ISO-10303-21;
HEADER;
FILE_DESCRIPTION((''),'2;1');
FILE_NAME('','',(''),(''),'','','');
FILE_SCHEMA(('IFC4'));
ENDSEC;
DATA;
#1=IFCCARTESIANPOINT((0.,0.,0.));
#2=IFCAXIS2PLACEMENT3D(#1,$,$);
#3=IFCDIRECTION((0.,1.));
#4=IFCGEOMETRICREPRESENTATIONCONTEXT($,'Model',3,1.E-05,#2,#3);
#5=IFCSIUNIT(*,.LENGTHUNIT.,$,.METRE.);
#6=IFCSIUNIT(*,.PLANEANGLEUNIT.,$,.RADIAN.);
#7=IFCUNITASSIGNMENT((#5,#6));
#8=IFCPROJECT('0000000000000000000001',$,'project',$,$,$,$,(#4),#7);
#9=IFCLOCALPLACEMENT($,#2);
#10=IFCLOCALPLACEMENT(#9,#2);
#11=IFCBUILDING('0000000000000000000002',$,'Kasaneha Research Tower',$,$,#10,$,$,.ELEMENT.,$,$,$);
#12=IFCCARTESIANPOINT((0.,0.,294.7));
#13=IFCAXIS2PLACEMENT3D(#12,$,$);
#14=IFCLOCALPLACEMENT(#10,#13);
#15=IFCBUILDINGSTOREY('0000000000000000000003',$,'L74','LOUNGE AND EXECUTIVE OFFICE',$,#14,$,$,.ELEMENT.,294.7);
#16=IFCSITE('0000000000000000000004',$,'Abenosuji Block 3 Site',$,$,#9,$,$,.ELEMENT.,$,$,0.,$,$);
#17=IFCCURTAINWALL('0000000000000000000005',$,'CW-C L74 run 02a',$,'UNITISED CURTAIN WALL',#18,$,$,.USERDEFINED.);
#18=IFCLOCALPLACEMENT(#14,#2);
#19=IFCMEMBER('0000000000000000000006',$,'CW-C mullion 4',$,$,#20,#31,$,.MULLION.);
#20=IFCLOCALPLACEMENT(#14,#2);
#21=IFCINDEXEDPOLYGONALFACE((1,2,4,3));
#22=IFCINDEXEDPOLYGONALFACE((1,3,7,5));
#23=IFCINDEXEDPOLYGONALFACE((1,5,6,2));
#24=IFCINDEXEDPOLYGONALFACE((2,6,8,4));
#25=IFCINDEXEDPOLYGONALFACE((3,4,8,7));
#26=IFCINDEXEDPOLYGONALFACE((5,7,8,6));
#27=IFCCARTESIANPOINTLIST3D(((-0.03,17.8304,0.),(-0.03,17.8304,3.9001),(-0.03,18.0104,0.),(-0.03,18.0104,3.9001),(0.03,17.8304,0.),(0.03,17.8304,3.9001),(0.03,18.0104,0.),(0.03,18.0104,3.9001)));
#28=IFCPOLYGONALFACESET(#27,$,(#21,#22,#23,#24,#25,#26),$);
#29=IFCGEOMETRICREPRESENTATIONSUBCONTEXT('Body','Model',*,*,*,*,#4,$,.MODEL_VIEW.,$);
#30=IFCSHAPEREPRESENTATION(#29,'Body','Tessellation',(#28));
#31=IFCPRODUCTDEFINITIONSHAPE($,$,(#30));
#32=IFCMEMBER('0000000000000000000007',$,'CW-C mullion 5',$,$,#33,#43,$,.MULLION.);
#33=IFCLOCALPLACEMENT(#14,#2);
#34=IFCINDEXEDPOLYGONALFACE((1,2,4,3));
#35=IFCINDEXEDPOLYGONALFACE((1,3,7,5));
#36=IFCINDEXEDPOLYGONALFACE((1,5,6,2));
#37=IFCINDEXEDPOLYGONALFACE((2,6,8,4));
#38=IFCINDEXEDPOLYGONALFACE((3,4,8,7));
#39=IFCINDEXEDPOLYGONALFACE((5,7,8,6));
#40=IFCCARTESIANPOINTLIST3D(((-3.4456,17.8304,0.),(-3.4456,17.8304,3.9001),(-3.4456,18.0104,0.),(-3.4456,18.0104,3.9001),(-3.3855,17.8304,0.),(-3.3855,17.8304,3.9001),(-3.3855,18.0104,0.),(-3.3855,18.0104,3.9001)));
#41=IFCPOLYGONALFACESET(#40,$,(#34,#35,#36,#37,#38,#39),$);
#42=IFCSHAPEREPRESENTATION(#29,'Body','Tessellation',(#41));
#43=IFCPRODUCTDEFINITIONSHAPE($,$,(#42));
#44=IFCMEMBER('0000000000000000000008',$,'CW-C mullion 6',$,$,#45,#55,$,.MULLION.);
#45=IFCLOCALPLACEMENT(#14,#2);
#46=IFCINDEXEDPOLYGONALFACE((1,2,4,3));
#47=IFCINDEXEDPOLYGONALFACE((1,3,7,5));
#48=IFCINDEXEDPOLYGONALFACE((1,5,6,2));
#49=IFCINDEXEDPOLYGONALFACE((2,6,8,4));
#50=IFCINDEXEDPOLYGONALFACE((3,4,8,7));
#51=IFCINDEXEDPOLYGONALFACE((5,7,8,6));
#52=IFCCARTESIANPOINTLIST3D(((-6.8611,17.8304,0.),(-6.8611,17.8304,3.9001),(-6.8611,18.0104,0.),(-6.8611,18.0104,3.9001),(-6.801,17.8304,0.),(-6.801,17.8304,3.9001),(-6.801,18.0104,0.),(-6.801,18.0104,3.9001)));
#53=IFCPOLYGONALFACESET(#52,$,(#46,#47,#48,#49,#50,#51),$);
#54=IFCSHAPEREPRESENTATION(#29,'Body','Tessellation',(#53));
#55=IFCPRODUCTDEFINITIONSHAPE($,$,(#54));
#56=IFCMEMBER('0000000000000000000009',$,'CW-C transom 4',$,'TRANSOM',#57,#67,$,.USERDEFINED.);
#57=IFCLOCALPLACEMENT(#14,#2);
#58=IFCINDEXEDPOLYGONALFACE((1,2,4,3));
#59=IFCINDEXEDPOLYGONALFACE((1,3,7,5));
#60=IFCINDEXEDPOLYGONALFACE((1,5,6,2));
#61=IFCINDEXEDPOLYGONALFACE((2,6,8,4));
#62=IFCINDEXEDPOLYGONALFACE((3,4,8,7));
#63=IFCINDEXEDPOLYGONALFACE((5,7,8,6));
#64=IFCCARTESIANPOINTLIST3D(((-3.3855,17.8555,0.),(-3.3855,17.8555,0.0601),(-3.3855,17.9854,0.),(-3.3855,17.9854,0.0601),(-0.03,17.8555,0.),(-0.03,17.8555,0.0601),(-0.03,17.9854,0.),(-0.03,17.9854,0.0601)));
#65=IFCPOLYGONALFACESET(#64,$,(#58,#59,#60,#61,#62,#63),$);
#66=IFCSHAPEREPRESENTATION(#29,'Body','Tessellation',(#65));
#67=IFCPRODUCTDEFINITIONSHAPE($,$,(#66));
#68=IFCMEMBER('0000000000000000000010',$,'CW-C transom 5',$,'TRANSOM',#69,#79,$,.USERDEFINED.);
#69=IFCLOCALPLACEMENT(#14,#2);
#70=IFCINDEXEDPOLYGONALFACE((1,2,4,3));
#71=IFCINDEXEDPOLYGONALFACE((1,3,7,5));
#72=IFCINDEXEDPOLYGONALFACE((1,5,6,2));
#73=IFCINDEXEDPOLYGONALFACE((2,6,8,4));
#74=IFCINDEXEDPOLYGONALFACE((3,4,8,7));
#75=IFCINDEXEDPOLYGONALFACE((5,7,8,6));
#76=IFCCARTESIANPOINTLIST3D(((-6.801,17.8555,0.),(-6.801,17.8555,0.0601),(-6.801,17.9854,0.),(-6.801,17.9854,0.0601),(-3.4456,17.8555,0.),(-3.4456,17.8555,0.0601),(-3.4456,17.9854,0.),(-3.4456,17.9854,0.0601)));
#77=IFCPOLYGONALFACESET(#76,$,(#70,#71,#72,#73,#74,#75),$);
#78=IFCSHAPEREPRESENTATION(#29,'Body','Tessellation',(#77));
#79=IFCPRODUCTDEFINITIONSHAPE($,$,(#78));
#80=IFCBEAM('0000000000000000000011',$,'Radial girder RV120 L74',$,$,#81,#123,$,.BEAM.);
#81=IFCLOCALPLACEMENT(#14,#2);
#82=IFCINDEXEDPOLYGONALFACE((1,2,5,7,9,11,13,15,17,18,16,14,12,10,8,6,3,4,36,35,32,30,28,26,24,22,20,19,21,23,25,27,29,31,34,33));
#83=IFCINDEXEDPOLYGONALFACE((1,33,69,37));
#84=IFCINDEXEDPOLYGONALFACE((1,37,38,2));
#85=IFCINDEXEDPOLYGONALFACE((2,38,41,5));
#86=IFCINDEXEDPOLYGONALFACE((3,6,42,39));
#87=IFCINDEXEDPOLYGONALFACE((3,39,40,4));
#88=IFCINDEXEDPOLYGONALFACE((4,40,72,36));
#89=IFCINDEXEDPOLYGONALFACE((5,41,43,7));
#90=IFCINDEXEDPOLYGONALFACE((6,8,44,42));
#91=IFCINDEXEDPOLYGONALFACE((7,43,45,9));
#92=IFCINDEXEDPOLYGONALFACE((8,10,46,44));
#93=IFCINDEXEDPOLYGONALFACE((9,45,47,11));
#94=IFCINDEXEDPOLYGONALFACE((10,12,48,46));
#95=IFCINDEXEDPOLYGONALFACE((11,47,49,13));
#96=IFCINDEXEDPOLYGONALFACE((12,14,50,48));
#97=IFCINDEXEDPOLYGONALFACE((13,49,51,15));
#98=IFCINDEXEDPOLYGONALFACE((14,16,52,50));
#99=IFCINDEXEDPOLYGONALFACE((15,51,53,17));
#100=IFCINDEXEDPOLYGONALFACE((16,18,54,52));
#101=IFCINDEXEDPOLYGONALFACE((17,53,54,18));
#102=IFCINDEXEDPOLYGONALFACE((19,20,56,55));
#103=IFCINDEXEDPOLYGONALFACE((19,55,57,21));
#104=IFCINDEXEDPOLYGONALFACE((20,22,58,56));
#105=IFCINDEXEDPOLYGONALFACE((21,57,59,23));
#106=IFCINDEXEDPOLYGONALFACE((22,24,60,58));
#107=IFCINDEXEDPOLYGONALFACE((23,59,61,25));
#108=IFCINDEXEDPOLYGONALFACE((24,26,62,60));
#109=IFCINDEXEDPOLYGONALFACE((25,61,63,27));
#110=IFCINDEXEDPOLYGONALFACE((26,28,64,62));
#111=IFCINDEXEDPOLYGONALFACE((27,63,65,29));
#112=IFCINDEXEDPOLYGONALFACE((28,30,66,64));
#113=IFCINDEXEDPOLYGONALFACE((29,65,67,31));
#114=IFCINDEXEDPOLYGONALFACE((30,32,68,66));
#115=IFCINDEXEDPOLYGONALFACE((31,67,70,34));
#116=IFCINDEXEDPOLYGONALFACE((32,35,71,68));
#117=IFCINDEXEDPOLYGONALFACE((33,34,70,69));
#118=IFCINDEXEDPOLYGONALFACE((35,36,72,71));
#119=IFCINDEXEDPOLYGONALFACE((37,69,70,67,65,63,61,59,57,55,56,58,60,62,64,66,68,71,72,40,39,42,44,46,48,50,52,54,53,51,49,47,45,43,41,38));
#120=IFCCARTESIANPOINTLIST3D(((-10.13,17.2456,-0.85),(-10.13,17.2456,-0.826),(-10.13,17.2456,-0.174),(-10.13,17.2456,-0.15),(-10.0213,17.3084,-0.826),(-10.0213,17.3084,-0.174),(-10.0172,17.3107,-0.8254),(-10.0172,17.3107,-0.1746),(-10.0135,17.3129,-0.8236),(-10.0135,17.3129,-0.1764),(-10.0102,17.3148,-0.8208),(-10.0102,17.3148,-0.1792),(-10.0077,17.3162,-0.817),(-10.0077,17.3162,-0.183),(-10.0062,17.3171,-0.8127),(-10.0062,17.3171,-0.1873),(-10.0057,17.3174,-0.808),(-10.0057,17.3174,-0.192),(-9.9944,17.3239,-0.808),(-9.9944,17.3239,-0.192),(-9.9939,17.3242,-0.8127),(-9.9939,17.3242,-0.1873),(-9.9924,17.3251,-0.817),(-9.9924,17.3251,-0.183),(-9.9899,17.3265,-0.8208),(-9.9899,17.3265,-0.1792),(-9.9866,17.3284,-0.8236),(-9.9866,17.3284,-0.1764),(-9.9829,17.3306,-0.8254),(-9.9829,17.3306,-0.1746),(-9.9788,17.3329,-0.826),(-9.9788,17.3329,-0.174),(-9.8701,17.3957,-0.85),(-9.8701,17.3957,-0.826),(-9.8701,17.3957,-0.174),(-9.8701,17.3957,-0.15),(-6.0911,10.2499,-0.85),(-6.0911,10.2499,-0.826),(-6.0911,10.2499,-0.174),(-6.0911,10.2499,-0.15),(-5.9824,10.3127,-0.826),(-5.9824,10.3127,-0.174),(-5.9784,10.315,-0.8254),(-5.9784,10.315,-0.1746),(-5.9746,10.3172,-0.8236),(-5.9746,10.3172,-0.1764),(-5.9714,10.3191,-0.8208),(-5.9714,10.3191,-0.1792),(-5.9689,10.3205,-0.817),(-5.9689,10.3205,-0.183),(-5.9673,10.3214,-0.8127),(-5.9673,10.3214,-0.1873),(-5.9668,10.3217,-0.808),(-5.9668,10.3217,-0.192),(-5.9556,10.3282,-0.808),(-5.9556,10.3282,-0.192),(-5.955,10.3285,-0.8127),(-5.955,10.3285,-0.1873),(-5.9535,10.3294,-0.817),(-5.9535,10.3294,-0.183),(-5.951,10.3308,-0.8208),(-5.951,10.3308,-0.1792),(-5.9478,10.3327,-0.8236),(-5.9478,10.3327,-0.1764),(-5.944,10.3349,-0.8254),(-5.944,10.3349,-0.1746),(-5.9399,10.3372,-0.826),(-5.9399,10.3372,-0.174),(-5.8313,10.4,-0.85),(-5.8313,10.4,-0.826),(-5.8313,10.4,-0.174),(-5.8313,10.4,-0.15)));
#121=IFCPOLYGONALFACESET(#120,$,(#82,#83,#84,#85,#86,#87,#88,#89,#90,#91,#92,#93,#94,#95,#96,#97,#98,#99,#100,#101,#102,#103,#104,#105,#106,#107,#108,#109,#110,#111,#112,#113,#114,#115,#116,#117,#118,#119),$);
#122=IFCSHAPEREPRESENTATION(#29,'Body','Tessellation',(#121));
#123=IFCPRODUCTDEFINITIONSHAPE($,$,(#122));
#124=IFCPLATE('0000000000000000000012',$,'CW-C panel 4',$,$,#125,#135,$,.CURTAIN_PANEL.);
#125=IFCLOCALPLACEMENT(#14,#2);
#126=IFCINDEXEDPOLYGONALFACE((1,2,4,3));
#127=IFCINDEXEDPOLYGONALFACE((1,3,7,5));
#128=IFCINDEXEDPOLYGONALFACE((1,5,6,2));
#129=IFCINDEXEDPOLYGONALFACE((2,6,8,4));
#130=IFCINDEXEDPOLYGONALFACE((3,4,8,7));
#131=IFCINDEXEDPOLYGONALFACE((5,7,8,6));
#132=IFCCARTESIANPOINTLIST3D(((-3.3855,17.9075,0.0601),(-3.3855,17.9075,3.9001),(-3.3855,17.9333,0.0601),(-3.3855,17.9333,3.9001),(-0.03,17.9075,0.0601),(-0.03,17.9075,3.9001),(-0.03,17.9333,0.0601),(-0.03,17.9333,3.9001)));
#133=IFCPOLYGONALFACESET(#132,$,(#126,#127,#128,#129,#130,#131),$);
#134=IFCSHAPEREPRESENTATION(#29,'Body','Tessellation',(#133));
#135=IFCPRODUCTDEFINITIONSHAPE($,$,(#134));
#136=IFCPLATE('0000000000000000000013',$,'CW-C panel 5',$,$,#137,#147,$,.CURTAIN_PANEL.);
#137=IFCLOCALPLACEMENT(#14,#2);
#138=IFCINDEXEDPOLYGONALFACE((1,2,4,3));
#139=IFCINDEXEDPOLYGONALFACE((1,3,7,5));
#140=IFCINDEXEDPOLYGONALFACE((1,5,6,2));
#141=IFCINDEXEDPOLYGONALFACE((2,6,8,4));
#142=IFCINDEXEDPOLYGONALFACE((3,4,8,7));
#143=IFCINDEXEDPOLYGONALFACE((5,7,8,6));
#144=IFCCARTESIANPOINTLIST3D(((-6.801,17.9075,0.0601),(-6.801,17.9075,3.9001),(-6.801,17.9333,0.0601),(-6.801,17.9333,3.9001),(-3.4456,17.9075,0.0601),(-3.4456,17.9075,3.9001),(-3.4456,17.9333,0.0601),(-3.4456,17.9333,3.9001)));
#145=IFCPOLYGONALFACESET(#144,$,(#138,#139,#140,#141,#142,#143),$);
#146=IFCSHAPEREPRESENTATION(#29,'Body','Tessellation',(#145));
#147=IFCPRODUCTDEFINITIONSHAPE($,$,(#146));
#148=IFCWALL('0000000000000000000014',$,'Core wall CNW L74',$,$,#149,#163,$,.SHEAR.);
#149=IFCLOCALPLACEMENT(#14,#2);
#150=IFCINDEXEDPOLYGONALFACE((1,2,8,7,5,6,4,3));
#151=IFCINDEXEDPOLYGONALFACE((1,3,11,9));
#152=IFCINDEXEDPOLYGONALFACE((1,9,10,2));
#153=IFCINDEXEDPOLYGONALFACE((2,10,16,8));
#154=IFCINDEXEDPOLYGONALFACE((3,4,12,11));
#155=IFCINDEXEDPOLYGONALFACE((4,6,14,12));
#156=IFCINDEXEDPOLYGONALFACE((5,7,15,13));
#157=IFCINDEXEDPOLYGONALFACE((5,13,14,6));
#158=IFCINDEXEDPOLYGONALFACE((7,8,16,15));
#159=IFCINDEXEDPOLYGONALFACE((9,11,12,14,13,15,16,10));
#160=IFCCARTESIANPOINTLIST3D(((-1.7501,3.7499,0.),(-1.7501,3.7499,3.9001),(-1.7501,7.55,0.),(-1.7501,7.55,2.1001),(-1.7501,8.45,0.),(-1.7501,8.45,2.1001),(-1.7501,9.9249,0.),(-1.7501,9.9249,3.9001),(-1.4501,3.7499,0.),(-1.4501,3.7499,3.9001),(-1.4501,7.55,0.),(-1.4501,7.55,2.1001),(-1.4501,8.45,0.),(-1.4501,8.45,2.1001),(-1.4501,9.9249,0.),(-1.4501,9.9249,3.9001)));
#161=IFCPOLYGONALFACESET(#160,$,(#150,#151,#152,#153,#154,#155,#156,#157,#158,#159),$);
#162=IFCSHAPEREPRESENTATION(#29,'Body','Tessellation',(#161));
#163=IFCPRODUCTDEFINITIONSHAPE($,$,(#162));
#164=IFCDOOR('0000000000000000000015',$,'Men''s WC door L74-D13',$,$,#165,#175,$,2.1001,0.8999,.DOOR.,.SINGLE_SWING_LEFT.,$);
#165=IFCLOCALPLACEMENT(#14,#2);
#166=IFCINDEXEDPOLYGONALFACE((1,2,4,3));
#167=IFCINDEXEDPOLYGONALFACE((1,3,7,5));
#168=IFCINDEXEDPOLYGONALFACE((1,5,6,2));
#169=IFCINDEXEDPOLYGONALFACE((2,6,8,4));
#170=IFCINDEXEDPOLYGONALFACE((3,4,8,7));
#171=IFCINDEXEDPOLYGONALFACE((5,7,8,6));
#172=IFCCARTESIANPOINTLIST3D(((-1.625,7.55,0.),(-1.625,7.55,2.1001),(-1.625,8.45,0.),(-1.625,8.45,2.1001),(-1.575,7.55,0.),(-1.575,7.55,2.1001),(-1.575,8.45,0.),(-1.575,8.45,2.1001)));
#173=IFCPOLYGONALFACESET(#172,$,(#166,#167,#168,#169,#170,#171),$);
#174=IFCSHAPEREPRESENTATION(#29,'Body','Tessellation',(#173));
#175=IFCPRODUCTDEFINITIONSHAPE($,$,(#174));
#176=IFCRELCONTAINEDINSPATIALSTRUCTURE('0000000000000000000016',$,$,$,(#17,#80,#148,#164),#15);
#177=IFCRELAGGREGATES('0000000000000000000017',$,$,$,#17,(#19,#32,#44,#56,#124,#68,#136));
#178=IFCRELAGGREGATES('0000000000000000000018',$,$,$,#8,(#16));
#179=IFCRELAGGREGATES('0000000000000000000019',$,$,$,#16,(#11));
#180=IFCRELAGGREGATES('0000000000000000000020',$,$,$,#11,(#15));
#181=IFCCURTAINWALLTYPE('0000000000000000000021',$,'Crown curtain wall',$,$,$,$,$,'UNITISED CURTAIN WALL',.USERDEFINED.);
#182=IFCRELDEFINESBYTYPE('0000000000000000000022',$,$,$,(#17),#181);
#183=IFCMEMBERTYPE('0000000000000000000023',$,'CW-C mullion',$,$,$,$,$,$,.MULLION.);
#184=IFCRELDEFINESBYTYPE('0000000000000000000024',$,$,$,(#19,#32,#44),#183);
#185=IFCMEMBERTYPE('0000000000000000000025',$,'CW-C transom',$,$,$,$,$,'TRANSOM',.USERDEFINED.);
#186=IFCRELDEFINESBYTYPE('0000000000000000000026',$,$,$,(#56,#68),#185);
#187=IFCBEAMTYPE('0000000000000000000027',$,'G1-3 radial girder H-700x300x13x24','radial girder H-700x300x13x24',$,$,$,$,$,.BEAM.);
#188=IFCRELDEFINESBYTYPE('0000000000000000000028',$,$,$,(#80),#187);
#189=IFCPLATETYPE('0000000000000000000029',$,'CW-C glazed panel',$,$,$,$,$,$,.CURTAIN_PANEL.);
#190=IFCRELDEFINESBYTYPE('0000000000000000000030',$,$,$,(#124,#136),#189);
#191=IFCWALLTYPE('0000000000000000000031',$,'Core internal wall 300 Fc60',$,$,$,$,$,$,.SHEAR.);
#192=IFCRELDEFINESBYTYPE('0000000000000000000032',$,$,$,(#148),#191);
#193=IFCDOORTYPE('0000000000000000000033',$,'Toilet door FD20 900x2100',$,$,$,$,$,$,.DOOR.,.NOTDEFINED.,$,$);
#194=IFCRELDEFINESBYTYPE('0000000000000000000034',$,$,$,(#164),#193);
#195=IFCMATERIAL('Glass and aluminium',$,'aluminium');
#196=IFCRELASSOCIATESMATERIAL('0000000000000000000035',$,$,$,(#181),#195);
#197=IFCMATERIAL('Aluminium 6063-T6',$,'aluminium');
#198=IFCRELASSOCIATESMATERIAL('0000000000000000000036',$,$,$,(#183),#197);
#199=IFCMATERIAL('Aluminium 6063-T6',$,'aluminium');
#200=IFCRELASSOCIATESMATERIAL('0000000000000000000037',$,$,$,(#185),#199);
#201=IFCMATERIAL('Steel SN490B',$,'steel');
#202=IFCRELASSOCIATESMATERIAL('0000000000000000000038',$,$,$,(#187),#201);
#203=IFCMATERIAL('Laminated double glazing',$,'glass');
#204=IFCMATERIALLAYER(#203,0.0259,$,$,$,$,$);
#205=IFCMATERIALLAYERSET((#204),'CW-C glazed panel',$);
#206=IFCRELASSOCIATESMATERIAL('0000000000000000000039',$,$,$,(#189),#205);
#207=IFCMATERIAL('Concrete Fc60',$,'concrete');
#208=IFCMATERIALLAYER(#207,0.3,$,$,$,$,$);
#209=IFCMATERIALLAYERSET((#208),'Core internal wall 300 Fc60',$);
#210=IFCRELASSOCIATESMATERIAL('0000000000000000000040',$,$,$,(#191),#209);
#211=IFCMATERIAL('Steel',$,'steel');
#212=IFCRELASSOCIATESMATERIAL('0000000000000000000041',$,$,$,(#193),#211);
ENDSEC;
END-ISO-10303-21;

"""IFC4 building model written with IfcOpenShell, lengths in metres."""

from ifc_helpers import new_model, si_unit, direction, frame, frame_2d, origin, origin_2d, place, context, subcontext, project, spatial, rectangle, i_section, extrude, material, layer, layer_set, material_profile, profile_set, type_object, element, fill, aggregate, save


model = new_model("IFC4")

# Units and contexts
model_context = context("Model", 3, precision=1e-05, world=origin(), true_north=direction((0.0, 1.0)))
body_context = subcontext(model_context, "Body", "Model", "MODEL_VIEW")
ifc_project = project(units=[si_unit("LENGTHUNIT", "METRE"), si_unit("PLANEANGLEUNIT", "RADIAN")], contexts=[model_context])

# Site, building, storey
site_placement = place(None, origin())
site = spatial("IfcSite", under=ifc_project, at=site_placement, Name="Abenosuji Block 3 Site", CompositionType="ELEMENT", RefElevation=0.0)
building_placement = place(site_placement, origin())
building = spatial("IfcBuilding", under=site, at=building_placement, Name="Kasaneha Research Tower", CompositionType="ELEMENT")
storey_placement = place(building_placement, frame((0.0, 0.0, 294.7)))
storey = spatial("IfcBuildingStorey", under=building, at=storey_placement, Name="L74", Description="LOUNGE AND EXECUTIVE OFFICE", CompositionType="ELEMENT", Elevation=294.7)

# Curtain wall, members
ifc_material_1 = material(Name="Glass and aluminium", Category="aluminium")
curtain_wall_type = type_object("IfcCurtainWallType", Name="Crown curtain wall", ElementType="UNITISED CURTAIN WALL", PredefinedType="USERDEFINED", material=ifc_material_1)
curtain_wall_placement = place(storey_placement, origin())
curtain_wall = element("IfcCurtainWall", 1, at=curtain_wall_placement, inside=storey, type_object=curtain_wall_type, Name="CW-C L74 run 02a", ObjectType="UNITISED CURTAIN WALL", PredefinedType="USERDEFINED")
ifc_material_2 = material(Name="Aluminium 6063-T6", Category="aluminium")
ifc_material_profile_1 = material_profile(ifc_material_2, rectangle(XDim=0.0601, YDim=0.1799, at=origin_2d()), Name="CW-C mullion 60x180")
ifc_profile_set_1 = profile_set([ifc_material_profile_1], Name="Aluminium 6063-T6")
member_type_1 = type_object("IfcMemberType", Name="CW-C mullion", PredefinedType="MULLION", material=ifc_profile_set_1)
member_1_placement = place(storey_placement, frame((0.0, 17.9204, 0.0), z_axis=(0.0, 0.0, 1.0), x_axis=(-1.0, 0.0, 0.0)))
member_1 = element("IfcMember", 2, at=member_1_placement, type_object=member_type_1, Name="CW-C mullion 4", PredefinedType="MULLION", context=body_context, shape_type="SweptSolid", body=[
    extrude(rectangle(XDim=0.0601, YDim=0.1799, at=origin_2d()), origin(), (0.0, 0.0, 1.0), 3.9001),
])
member_2_placement = place(storey_placement, frame((-3.4155, 17.9204, 0.0), z_axis=(0.0, 0.0, 1.0), x_axis=(-1.0, 0.0, 0.0)))
member_2 = element("IfcMember", 3, at=member_2_placement, type_object=member_type_1, Name="CW-C mullion 5", PredefinedType="MULLION", context=body_context, shape_type="SweptSolid", body=[
    extrude(rectangle(XDim=0.0601, YDim=0.1799, at=origin_2d()), origin(), (0.0, 0.0, 1.0), 3.9001),
])
member_3_placement = place(storey_placement, frame((-6.8311, 17.9204, 0.0), z_axis=(0.0, 0.0, 1.0), x_axis=(-1.0, 0.0, 0.0)))
member_3 = element("IfcMember", 4, at=member_3_placement, type_object=member_type_1, Name="CW-C mullion 6", PredefinedType="MULLION", context=body_context, shape_type="SweptSolid", body=[
    extrude(rectangle(XDim=0.0601, YDim=0.1799, at=origin_2d()), origin(), (0.0, 0.0, 1.0), 3.9001),
])
ifc_material_3 = material(Name="Aluminium 6063-T6", Category="aluminium")
ifc_material_profile_2 = material_profile(ifc_material_3, rectangle(XDim=0.1299, YDim=0.0601, at=origin_2d()), Name="CW-C transom 130x60")
ifc_profile_set_2 = profile_set([ifc_material_profile_2], Name="Aluminium 6063-T6")
member_type_2 = type_object("IfcMemberType", Name="CW-C transom", ElementType="TRANSOM", PredefinedType="USERDEFINED", material=ifc_profile_set_2)
member_4_placement = place(storey_placement, frame((-0.03, 17.9204, 0.03), z_axis=(-1.0, 0.0, 0.0), x_axis=(0.0, -1.0, 0.0)))
member_4 = element("IfcMember", 5, at=member_4_placement, type_object=member_type_2, Name="CW-C transom 4", ObjectType="TRANSOM", PredefinedType="USERDEFINED", context=body_context, shape_type="SweptSolid", body=[
    extrude(rectangle(XDim=0.1299, YDim=0.0601, at=origin_2d()), origin(), (0.0, 0.0, 1.0), 3.3555),
])
member_5_placement = place(storey_placement, frame((-3.4456, 17.9204, 0.03), z_axis=(-1.0, 0.0, 0.0), x_axis=(0.0, -1.0, 0.0)))
member_5 = element("IfcMember", 6, at=member_5_placement, type_object=member_type_2, Name="CW-C transom 5", ObjectType="TRANSOM", PredefinedType="USERDEFINED", context=body_context, shape_type="SweptSolid", body=[
    extrude(rectangle(XDim=0.1299, YDim=0.0601, at=origin_2d()), origin(), (0.0, 0.0, 1.0), 3.3555),
])

# Beam
ifc_material_4 = material(Name="Steel SN490B", Category="steel")
ifc_material_profile_3 = material_profile(ifc_material_4, i_section(OverallWidth=0.3, OverallDepth=0.7, WebThickness=0.0129, FlangeThickness=0.0239, FilletRadius=0.0181, at=origin_2d()), Name="H-700x300x13x24")
ifc_profile_set_3 = profile_set([ifc_material_profile_3], Name="Steel SN490B")
beam_type = type_object("IfcBeamType", Name="G1-3 radial girder H-700x300x13x24", Description="radial girder H-700x300x13x24", PredefinedType="BEAM", material=ifc_profile_set_3)
beam_placement = place(storey_placement, frame((-5.9612, 10.325, -0.5), z_axis=(-0.499991, 0.866031, 0.0), x_axis=(-0.866031, -0.499991, 0.0)))
element("IfcBeam", 7, at=beam_placement, inside=storey, type_object=beam_type, Name="Radial girder RV120 L74", PredefinedType="BEAM", context=body_context, shape_type="SweptSolid", body=[
    extrude(i_section(OverallWidth=0.3, OverallDepth=0.7, WebThickness=0.0129, FlangeThickness=0.0239, FilletRadius=0.0181, at=origin_2d()), origin(), (0.0, 0.0, 1.0), 8.0779),
])

# Plates
ifc_material_5 = material(Name="Laminated double glazing", Category="glass")
ifc_layer_1 = layer(ifc_material_5, 0.0259)
ifc_layer_set_1 = layer_set([ifc_layer_1], Name="CW-C glazed panel")
plate_type = type_object("IfcPlateType", Name="CW-C glazed panel", PredefinedType="CURTAIN_PANEL", material=ifc_layer_set_1)
plate_1_placement = place(storey_placement, frame((-1.7078, 17.9204, 0.0601), z_axis=(0.0, 0.0, 1.0), x_axis=(-1.0, 0.0, 0.0)))
plate_1 = element("IfcPlate", 8, at=plate_1_placement, type_object=plate_type, Name="CW-C panel 4", PredefinedType="CURTAIN_PANEL", context=body_context, shape_type="SweptSolid", body=[
    extrude(rectangle(XDim=3.3555, YDim=0.0259, at=origin_2d()), origin(), (0.0, 0.0, 1.0), 3.8401),
])
plate_2_placement = place(storey_placement, frame((-5.1233, 17.9204, 0.0601), z_axis=(0.0, 0.0, 1.0), x_axis=(-1.0, 0.0, 0.0)))
plate_2 = element("IfcPlate", 9, at=plate_2_placement, type_object=plate_type, Name="CW-C panel 5", PredefinedType="CURTAIN_PANEL", context=body_context, shape_type="SweptSolid", body=[
    extrude(rectangle(XDim=3.3555, YDim=0.0259, at=origin_2d()), origin(), (0.0, 0.0, 1.0), 3.8401),
])
aggregate(curtain_wall, [member_1, member_2, member_3, member_4, plate_1, member_5, plate_2])

# Wall, opening, door
ifc_material_6 = material(Name="Concrete Fc60", Category="concrete")
ifc_layer_2 = layer(ifc_material_6, 0.3)
ifc_layer_set_2 = layer_set([ifc_layer_2], Name="Core internal wall 300 Fc60")
wall_type_1 = type_object("IfcWallType", Name="Core internal wall 300 Fc60", PredefinedType="SHEAR", material=ifc_layer_set_2)
wall_1_placement = place(storey_placement, frame((-1.6001, 3.75, 0.0), z_axis=(0.0, 0.0, 1.0), x_axis=(0.0, 1.0, 0.0)))
wall_1 = element("IfcWall", 10, at=wall_1_placement, inside=storey, type_object=wall_type_1, Name="Core wall CNW L74", PredefinedType="SHEAR", context=body_context, shape_type="SweptSolid", body=[
    extrude(rectangle(XDim=6.175, YDim=0.3, at=frame_2d((3.0874, 0.0))), origin(), (0.0, 0.0, 1.0), 3.9001),
])
opening_1_placement = place(wall_1_placement, frame((3.8, 0.0, 0.0)))
opening_1 = element("IfcOpeningElement", 11, at=opening_1_placement, cuts=wall_1, PredefinedType="OPENING", context=body_context, shape_type="SweptSolid", body=[
    extrude(rectangle(XDim=0.8999, YDim=2.1001, at=frame_2d((0.45, 1.05))), frame((0.0, 0.1602, 0.0), z_axis=(0.0, -1.0, 0.0), x_axis=(1.0, 0.0, 0.0)), (0.0, 0.0, 1.0), 0.3201),
])
ifc_material_7 = material(Name="Steel", Category="steel")
door_type_1 = type_object("IfcDoorType", Name="Toilet door FD20 900x2100", OperationType="NOTDEFINED", PredefinedType="DOOR", material=ifc_material_7)
door_1_placement = place(opening_1_placement, origin())
door_1 = element("IfcDoor", 12, at=door_1_placement, inside=storey, type_object=door_type_1, Name="Men's WC door L74-D13", OperationType="SINGLE_SWING_LEFT", OverallHeight=2.1001, OverallWidth=0.8999, PredefinedType="DOOR", context=body_context, shape_type="SweptSolid", body=[
    extrude(rectangle(XDim=0.8999, YDim=2.1001, at=frame_2d((0.45, 1.05))), frame((0.0, 0.0249, 0.0), z_axis=(0.0, -1.0, 0.0), x_axis=(1.0, 0.0, 0.0)), (0.0, 0.0, 1.0), 0.05),
])
fill(opening_1, door_1)

save(model, "model.ifc")
